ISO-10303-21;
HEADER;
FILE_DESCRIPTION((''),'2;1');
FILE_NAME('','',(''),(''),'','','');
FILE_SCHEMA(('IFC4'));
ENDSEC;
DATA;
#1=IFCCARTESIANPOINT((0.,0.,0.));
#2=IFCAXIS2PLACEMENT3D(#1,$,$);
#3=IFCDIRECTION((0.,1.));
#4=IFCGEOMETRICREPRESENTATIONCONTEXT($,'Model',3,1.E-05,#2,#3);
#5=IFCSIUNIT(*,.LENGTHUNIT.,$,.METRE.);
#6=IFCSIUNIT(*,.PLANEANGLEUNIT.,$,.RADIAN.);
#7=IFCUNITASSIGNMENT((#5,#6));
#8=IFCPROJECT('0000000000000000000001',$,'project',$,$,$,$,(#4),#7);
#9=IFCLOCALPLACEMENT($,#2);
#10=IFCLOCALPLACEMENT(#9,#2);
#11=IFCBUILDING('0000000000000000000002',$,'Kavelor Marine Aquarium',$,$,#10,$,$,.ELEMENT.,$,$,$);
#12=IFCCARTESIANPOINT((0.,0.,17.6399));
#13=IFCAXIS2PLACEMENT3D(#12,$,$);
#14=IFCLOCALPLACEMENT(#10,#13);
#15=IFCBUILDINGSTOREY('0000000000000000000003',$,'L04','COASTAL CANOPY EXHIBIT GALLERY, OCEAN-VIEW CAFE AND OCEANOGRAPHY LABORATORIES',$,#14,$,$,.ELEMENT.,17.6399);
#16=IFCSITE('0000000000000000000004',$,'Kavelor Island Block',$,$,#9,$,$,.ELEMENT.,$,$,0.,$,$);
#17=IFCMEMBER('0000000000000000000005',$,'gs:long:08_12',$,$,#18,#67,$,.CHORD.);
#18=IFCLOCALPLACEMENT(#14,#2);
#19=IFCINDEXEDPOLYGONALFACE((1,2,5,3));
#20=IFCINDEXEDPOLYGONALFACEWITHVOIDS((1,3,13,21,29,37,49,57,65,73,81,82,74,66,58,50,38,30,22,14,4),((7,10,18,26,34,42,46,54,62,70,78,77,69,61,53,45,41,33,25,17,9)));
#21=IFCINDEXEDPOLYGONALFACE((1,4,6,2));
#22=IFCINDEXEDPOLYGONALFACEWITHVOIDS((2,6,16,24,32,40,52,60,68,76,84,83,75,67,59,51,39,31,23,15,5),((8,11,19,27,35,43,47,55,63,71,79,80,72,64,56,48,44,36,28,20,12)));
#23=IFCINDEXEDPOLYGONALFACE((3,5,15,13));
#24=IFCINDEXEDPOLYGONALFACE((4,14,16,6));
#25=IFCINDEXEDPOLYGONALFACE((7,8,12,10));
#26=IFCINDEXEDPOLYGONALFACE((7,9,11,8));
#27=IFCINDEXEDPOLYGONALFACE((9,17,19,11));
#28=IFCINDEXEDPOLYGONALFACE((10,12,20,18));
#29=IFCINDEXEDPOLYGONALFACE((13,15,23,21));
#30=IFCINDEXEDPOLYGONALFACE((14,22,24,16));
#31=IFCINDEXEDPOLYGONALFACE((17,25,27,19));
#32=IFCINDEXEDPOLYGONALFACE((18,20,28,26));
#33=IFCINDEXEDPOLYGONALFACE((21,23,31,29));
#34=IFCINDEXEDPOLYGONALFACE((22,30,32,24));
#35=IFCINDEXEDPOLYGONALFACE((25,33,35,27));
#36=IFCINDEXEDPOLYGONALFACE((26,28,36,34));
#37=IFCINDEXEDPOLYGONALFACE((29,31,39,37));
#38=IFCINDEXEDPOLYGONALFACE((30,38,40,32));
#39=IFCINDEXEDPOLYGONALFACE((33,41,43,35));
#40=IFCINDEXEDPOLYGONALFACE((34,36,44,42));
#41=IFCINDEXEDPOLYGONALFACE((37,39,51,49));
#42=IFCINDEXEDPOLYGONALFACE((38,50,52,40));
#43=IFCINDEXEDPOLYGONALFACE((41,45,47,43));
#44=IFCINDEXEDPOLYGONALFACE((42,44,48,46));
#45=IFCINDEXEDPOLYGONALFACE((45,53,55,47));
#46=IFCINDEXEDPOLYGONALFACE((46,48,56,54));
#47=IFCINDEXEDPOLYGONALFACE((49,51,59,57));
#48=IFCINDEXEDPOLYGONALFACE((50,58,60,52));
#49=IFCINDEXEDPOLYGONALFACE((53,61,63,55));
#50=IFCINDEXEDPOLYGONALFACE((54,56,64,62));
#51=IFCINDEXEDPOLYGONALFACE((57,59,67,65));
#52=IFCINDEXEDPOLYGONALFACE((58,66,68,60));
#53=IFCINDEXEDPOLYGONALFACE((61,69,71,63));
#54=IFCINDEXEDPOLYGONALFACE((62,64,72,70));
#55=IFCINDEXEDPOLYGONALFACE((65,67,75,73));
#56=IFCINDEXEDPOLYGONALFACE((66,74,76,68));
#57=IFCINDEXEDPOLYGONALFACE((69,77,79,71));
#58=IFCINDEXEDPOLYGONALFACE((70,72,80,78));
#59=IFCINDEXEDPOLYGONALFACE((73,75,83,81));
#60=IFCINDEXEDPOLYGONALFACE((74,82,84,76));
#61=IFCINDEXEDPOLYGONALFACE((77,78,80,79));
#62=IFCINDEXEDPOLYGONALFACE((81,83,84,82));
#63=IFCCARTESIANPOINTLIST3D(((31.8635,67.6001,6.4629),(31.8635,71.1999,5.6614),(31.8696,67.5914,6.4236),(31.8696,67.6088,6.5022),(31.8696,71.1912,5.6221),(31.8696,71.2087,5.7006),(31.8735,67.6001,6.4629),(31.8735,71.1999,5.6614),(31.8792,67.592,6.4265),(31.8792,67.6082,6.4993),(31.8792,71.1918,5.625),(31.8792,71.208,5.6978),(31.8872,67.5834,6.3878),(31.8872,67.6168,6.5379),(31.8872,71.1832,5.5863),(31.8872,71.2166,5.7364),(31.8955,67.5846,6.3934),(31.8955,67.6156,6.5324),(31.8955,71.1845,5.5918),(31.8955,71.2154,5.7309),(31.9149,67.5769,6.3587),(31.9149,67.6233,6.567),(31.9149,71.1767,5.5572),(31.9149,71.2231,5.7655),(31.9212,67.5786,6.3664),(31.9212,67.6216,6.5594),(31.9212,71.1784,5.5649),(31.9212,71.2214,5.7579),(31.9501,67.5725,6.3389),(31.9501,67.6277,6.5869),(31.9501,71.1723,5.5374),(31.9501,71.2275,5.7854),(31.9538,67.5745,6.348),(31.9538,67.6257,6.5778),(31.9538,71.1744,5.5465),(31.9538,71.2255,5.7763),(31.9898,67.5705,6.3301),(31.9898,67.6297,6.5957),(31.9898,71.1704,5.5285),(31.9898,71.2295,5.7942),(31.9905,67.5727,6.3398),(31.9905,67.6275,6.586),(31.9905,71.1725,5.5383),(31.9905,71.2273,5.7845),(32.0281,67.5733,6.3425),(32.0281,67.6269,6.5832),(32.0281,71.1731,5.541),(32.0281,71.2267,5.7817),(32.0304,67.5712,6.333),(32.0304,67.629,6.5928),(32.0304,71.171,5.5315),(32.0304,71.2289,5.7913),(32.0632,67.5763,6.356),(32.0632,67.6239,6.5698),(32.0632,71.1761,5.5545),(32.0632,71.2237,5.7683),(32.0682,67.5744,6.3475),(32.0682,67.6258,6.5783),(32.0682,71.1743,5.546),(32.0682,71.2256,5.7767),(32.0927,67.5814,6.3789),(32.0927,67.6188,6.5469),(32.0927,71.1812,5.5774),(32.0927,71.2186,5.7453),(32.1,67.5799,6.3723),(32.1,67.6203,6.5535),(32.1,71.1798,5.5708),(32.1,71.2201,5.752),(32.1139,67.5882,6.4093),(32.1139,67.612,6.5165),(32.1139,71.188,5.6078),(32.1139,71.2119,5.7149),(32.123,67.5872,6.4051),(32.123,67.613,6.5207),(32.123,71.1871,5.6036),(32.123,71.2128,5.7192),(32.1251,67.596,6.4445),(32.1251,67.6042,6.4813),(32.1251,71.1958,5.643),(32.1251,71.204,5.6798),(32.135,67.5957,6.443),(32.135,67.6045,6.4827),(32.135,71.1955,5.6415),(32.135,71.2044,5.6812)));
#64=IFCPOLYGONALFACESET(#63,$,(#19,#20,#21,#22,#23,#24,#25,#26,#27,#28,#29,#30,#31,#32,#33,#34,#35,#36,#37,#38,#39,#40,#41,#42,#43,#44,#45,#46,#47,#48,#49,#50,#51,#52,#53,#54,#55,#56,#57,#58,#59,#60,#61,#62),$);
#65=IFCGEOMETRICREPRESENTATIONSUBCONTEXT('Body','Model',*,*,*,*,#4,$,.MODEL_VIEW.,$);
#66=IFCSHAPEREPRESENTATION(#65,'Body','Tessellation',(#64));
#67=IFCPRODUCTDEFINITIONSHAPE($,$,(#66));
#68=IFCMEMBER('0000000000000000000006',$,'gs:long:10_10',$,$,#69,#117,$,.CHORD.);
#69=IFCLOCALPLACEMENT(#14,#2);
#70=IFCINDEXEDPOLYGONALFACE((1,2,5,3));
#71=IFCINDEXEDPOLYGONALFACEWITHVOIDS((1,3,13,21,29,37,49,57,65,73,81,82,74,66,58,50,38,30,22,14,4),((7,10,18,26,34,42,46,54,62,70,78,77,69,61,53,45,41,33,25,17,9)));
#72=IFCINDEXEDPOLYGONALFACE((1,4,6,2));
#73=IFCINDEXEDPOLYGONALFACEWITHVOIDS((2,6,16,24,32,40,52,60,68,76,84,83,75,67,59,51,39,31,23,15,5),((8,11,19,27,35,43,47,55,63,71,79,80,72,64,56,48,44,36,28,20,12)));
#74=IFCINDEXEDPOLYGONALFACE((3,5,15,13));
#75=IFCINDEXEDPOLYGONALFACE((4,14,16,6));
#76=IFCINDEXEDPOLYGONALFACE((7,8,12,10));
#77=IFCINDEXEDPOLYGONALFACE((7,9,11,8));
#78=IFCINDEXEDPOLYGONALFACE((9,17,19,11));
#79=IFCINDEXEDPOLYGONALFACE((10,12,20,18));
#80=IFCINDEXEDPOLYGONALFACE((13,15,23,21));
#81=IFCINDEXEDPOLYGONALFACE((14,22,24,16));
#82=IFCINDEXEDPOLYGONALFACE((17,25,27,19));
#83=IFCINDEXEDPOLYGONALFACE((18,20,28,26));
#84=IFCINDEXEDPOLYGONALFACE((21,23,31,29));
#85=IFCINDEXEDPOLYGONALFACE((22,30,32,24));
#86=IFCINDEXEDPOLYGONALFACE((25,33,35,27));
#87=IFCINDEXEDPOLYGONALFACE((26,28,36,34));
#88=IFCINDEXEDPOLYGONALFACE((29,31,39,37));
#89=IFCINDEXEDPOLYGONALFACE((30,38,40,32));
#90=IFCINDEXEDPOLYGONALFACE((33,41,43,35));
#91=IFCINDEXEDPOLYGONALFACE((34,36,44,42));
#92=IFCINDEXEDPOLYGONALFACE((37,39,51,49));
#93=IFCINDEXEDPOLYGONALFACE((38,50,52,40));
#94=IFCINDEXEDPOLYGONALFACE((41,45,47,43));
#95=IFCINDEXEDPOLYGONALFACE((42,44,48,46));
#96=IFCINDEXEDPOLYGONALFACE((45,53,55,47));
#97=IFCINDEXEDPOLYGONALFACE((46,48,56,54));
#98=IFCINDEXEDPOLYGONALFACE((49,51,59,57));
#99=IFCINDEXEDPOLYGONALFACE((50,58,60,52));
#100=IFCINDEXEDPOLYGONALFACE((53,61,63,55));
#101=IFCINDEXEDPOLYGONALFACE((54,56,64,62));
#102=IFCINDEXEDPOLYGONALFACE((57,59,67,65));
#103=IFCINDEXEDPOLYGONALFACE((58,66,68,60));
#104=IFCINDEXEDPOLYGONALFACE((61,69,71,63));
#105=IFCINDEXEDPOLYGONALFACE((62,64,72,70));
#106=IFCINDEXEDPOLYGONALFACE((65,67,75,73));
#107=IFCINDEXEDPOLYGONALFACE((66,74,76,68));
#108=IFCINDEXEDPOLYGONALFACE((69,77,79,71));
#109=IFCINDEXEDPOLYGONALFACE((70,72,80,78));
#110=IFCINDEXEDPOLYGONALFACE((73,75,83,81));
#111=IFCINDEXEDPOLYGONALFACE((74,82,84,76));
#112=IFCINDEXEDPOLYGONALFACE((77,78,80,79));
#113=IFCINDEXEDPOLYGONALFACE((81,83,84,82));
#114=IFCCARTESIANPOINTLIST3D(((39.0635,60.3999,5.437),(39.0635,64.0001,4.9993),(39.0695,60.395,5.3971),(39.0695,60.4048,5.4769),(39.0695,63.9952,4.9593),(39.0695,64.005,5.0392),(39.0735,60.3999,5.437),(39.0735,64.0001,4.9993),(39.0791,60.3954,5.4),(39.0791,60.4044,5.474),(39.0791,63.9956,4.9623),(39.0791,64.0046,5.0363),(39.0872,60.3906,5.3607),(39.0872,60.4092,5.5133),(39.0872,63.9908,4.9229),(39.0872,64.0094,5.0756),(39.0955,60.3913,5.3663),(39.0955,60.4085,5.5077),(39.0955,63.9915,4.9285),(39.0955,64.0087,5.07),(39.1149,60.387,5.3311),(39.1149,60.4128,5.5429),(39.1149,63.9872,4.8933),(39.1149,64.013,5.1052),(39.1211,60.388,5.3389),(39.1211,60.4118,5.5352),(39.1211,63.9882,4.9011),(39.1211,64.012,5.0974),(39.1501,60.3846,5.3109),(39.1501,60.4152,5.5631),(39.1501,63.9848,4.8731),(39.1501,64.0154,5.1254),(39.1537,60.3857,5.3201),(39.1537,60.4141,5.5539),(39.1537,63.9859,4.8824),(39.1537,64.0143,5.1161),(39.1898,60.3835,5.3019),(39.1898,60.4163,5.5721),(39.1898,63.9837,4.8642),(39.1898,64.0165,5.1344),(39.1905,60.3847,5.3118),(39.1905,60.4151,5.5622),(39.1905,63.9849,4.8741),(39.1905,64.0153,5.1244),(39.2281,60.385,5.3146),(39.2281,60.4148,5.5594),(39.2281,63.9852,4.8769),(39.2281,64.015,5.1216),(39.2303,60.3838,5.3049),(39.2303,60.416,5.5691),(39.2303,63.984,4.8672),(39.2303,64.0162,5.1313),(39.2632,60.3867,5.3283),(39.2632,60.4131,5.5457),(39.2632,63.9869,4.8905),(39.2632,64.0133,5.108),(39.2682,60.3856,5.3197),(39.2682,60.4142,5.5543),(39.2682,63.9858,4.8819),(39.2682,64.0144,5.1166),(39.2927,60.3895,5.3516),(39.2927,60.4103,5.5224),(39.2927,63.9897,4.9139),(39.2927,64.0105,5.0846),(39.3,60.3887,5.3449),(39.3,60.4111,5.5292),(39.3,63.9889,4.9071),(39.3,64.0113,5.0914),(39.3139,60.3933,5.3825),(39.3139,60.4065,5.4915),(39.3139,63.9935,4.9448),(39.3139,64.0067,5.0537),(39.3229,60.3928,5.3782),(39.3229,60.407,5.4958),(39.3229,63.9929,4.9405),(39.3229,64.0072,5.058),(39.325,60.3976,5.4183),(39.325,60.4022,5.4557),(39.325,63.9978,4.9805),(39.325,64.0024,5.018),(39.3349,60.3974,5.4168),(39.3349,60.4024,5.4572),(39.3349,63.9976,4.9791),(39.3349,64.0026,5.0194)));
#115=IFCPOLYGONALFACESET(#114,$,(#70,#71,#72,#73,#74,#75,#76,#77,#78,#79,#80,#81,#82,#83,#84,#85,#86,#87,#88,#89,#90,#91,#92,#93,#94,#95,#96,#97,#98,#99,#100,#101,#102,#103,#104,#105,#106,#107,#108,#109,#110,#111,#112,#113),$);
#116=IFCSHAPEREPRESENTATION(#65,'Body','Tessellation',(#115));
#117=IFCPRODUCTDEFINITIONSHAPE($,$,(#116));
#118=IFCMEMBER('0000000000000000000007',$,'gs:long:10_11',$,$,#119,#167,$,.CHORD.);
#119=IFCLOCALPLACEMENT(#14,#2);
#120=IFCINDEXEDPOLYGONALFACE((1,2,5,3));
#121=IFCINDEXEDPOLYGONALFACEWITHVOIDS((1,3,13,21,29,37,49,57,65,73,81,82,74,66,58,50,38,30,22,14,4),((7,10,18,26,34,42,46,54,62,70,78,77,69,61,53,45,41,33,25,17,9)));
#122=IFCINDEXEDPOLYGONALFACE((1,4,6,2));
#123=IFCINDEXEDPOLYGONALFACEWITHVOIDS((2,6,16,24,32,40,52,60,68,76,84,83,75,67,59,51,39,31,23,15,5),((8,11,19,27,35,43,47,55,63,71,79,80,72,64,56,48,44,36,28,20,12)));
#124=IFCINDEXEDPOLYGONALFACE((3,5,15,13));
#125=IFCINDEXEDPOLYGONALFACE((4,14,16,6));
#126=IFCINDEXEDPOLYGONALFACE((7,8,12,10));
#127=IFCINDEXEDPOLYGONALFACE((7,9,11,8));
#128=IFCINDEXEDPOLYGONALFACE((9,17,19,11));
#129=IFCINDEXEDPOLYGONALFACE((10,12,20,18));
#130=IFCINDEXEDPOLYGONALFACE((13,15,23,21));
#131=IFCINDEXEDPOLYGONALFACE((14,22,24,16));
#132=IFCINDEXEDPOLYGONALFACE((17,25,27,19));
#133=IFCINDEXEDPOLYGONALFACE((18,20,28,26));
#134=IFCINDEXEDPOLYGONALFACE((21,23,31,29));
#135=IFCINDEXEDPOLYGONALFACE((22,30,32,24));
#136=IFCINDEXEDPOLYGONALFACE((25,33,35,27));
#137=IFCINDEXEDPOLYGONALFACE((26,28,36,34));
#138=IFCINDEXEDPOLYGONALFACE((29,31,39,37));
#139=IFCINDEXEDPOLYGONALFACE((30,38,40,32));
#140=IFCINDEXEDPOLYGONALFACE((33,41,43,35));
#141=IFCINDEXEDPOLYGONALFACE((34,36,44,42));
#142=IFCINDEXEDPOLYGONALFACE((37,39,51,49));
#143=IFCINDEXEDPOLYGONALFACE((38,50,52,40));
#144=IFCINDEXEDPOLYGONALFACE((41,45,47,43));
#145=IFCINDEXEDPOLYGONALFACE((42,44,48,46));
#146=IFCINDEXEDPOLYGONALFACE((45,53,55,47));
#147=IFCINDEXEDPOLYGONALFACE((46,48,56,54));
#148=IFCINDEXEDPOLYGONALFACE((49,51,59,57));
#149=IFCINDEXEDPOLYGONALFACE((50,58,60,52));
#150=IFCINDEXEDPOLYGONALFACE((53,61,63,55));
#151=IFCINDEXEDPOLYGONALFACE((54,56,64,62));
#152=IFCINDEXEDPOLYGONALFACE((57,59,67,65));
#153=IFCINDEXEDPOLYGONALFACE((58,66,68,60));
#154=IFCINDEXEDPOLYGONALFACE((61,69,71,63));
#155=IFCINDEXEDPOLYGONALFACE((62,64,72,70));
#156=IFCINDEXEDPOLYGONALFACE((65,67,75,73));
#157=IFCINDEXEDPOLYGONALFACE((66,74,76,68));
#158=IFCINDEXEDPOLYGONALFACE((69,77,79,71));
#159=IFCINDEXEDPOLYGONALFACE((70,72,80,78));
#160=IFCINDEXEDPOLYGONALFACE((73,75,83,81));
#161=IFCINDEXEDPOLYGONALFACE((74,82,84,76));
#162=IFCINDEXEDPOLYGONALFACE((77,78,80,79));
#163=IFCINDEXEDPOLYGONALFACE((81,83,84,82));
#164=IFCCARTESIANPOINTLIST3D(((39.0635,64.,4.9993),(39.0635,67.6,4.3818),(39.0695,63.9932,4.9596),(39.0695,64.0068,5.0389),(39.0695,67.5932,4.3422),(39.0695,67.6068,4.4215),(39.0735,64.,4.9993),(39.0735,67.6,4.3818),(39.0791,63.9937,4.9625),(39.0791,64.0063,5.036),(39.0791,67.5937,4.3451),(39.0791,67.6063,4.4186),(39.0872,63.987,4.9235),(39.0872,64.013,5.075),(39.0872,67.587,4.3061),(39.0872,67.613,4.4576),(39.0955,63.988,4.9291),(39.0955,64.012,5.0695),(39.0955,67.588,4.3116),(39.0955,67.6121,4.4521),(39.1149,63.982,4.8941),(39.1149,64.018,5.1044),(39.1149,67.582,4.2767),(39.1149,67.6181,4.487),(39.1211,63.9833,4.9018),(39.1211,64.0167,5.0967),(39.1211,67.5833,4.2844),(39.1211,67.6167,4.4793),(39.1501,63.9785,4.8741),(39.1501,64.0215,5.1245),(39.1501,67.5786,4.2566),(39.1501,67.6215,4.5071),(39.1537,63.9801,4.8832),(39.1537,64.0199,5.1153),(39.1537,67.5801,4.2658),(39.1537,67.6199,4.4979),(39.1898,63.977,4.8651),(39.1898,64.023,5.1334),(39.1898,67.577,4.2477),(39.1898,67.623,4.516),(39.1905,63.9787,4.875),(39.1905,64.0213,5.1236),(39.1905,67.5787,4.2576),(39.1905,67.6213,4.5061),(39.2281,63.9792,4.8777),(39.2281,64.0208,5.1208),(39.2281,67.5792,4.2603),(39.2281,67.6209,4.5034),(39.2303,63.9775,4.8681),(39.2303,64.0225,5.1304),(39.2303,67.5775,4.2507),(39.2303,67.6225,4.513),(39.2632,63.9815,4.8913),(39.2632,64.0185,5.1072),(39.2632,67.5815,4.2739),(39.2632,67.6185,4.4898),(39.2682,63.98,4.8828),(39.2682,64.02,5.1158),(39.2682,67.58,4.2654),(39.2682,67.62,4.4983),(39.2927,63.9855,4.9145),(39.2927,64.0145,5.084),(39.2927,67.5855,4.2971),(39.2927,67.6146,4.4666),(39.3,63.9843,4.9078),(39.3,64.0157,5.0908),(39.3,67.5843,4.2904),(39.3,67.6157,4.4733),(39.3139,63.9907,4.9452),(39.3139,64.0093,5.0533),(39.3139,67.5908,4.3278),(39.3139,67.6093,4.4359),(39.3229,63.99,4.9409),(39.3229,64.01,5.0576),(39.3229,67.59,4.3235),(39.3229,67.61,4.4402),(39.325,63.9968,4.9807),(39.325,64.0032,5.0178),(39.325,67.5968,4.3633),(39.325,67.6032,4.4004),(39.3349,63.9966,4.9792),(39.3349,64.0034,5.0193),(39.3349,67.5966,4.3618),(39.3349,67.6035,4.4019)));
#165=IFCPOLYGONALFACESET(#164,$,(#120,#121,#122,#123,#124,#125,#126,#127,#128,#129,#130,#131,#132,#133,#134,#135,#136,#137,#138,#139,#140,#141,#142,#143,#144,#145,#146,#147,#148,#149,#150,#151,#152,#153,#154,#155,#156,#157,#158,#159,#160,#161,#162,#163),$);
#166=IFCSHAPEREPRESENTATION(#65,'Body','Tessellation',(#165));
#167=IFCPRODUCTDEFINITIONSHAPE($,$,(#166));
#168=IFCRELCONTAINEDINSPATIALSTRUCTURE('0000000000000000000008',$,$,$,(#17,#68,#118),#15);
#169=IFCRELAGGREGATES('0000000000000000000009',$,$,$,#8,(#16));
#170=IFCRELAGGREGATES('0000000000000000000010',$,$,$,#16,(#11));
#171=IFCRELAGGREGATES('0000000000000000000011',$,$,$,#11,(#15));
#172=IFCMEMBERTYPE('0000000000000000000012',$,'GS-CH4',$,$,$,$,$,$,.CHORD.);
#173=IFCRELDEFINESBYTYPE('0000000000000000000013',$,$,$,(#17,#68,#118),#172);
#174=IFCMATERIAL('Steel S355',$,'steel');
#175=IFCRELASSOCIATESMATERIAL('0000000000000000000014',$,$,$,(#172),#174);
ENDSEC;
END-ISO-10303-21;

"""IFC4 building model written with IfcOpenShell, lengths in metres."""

from ifc_helpers import new_model, si_unit, direction, frame, origin, origin_2d, place, context, subcontext, project, spatial, hollow_circle, extrude, material, material_profile, profile_set, type_object, element, save


model = new_model("IFC4")

# Units and contexts
model_context = context("Model", 3, precision=1e-05, world=origin(), true_north=direction((0.0, 1.0)))
body_context = subcontext(model_context, "Body", "Model", "MODEL_VIEW")
ifc_project = project(units=[si_unit("LENGTHUNIT", "METRE"), si_unit("PLANEANGLEUNIT", "RADIAN")], contexts=[model_context])

# Site, building, storey
site_placement = place(None, origin())
site = spatial("IfcSite", under=ifc_project, at=site_placement, Name="Kavelor Island Block", CompositionType="ELEMENT", RefElevation=0.0)
building_placement = place(site_placement, origin())
building = spatial("IfcBuilding", under=site, at=building_placement, Name="Kavelor Marine Aquarium", CompositionType="ELEMENT")
storey_placement = place(building_placement, frame((0.0, 0.0, 17.6399)))
storey = spatial("IfcBuildingStorey", under=building, at=storey_placement, Name="L04", Description="COASTAL CANOPY EXHIBIT GALLERY, OCEAN-VIEW CAFE AND OCEANOGRAPHY LABORATORIES", CompositionType="ELEMENT", Elevation=17.6399)

# Members
ifc_material_1 = material(Name="Steel S355", Category="steel")
ifc_material_profile_1 = material_profile(ifc_material_1, hollow_circle(Radius=0.1365, WallThickness=0.01, at=origin_2d()), Name="CHS 273.0x10.0")
ifc_profile_set_1 = profile_set([ifc_material_profile_1], Name="Steel S355")
member_type_1 = type_object("IfcMemberType", Name="GS-CH4", PredefinedType="CHORD", material=ifc_profile_set_1)
member_1_placement = place(storey_placement, frame((32.0, 67.6001, 6.4629), z_axis=(0.0, 0.976098, -0.21733), x_axis=(-1.0, 0.0, 0.0)))
element("IfcMember", 1, at=member_1_placement, inside=storey, type_object=member_type_1, Name="gs:long:08_12", PredefinedType="CHORD", context=body_context, shape_type="SweptSolid", body=[
    extrude(hollow_circle(Radius=0.1365, WallThickness=0.01, at=origin_2d()), origin(), (0.0, 0.0, 1.0), 3.688),
])
member_2_placement = place(storey_placement, frame((39.2, 60.3999, 5.437), z_axis=(0.0, 0.992689, -0.120703), x_axis=(-1.0, 0.0, 0.0)))
element("IfcMember", 2, at=member_2_placement, inside=storey, type_object=member_type_1, Name="gs:long:10_10", PredefinedType="CHORD", context=body_context, shape_type="SweptSolid", body=[
    extrude(hollow_circle(Radius=0.1365, WallThickness=0.01, at=origin_2d()), origin(), (0.0, 0.0, 1.0), 3.6267),
])
member_3_placement = place(storey_placement, frame((39.2, 64.0, 4.9993), z_axis=(0.0, 0.98561, -0.169036), x_axis=(-1.0, 0.0, 0.0)))
element("IfcMember", 3, at=member_3_placement, inside=storey, type_object=member_type_1, Name="gs:long:10_11", PredefinedType="CHORD", context=body_context, shape_type="SweptSolid", body=[
    extrude(hollow_circle(Radius=0.1365, WallThickness=0.01, at=origin_2d()), origin(), (0.0, 0.0, 1.0), 3.6526),
])

save(model, "model.ifc")
